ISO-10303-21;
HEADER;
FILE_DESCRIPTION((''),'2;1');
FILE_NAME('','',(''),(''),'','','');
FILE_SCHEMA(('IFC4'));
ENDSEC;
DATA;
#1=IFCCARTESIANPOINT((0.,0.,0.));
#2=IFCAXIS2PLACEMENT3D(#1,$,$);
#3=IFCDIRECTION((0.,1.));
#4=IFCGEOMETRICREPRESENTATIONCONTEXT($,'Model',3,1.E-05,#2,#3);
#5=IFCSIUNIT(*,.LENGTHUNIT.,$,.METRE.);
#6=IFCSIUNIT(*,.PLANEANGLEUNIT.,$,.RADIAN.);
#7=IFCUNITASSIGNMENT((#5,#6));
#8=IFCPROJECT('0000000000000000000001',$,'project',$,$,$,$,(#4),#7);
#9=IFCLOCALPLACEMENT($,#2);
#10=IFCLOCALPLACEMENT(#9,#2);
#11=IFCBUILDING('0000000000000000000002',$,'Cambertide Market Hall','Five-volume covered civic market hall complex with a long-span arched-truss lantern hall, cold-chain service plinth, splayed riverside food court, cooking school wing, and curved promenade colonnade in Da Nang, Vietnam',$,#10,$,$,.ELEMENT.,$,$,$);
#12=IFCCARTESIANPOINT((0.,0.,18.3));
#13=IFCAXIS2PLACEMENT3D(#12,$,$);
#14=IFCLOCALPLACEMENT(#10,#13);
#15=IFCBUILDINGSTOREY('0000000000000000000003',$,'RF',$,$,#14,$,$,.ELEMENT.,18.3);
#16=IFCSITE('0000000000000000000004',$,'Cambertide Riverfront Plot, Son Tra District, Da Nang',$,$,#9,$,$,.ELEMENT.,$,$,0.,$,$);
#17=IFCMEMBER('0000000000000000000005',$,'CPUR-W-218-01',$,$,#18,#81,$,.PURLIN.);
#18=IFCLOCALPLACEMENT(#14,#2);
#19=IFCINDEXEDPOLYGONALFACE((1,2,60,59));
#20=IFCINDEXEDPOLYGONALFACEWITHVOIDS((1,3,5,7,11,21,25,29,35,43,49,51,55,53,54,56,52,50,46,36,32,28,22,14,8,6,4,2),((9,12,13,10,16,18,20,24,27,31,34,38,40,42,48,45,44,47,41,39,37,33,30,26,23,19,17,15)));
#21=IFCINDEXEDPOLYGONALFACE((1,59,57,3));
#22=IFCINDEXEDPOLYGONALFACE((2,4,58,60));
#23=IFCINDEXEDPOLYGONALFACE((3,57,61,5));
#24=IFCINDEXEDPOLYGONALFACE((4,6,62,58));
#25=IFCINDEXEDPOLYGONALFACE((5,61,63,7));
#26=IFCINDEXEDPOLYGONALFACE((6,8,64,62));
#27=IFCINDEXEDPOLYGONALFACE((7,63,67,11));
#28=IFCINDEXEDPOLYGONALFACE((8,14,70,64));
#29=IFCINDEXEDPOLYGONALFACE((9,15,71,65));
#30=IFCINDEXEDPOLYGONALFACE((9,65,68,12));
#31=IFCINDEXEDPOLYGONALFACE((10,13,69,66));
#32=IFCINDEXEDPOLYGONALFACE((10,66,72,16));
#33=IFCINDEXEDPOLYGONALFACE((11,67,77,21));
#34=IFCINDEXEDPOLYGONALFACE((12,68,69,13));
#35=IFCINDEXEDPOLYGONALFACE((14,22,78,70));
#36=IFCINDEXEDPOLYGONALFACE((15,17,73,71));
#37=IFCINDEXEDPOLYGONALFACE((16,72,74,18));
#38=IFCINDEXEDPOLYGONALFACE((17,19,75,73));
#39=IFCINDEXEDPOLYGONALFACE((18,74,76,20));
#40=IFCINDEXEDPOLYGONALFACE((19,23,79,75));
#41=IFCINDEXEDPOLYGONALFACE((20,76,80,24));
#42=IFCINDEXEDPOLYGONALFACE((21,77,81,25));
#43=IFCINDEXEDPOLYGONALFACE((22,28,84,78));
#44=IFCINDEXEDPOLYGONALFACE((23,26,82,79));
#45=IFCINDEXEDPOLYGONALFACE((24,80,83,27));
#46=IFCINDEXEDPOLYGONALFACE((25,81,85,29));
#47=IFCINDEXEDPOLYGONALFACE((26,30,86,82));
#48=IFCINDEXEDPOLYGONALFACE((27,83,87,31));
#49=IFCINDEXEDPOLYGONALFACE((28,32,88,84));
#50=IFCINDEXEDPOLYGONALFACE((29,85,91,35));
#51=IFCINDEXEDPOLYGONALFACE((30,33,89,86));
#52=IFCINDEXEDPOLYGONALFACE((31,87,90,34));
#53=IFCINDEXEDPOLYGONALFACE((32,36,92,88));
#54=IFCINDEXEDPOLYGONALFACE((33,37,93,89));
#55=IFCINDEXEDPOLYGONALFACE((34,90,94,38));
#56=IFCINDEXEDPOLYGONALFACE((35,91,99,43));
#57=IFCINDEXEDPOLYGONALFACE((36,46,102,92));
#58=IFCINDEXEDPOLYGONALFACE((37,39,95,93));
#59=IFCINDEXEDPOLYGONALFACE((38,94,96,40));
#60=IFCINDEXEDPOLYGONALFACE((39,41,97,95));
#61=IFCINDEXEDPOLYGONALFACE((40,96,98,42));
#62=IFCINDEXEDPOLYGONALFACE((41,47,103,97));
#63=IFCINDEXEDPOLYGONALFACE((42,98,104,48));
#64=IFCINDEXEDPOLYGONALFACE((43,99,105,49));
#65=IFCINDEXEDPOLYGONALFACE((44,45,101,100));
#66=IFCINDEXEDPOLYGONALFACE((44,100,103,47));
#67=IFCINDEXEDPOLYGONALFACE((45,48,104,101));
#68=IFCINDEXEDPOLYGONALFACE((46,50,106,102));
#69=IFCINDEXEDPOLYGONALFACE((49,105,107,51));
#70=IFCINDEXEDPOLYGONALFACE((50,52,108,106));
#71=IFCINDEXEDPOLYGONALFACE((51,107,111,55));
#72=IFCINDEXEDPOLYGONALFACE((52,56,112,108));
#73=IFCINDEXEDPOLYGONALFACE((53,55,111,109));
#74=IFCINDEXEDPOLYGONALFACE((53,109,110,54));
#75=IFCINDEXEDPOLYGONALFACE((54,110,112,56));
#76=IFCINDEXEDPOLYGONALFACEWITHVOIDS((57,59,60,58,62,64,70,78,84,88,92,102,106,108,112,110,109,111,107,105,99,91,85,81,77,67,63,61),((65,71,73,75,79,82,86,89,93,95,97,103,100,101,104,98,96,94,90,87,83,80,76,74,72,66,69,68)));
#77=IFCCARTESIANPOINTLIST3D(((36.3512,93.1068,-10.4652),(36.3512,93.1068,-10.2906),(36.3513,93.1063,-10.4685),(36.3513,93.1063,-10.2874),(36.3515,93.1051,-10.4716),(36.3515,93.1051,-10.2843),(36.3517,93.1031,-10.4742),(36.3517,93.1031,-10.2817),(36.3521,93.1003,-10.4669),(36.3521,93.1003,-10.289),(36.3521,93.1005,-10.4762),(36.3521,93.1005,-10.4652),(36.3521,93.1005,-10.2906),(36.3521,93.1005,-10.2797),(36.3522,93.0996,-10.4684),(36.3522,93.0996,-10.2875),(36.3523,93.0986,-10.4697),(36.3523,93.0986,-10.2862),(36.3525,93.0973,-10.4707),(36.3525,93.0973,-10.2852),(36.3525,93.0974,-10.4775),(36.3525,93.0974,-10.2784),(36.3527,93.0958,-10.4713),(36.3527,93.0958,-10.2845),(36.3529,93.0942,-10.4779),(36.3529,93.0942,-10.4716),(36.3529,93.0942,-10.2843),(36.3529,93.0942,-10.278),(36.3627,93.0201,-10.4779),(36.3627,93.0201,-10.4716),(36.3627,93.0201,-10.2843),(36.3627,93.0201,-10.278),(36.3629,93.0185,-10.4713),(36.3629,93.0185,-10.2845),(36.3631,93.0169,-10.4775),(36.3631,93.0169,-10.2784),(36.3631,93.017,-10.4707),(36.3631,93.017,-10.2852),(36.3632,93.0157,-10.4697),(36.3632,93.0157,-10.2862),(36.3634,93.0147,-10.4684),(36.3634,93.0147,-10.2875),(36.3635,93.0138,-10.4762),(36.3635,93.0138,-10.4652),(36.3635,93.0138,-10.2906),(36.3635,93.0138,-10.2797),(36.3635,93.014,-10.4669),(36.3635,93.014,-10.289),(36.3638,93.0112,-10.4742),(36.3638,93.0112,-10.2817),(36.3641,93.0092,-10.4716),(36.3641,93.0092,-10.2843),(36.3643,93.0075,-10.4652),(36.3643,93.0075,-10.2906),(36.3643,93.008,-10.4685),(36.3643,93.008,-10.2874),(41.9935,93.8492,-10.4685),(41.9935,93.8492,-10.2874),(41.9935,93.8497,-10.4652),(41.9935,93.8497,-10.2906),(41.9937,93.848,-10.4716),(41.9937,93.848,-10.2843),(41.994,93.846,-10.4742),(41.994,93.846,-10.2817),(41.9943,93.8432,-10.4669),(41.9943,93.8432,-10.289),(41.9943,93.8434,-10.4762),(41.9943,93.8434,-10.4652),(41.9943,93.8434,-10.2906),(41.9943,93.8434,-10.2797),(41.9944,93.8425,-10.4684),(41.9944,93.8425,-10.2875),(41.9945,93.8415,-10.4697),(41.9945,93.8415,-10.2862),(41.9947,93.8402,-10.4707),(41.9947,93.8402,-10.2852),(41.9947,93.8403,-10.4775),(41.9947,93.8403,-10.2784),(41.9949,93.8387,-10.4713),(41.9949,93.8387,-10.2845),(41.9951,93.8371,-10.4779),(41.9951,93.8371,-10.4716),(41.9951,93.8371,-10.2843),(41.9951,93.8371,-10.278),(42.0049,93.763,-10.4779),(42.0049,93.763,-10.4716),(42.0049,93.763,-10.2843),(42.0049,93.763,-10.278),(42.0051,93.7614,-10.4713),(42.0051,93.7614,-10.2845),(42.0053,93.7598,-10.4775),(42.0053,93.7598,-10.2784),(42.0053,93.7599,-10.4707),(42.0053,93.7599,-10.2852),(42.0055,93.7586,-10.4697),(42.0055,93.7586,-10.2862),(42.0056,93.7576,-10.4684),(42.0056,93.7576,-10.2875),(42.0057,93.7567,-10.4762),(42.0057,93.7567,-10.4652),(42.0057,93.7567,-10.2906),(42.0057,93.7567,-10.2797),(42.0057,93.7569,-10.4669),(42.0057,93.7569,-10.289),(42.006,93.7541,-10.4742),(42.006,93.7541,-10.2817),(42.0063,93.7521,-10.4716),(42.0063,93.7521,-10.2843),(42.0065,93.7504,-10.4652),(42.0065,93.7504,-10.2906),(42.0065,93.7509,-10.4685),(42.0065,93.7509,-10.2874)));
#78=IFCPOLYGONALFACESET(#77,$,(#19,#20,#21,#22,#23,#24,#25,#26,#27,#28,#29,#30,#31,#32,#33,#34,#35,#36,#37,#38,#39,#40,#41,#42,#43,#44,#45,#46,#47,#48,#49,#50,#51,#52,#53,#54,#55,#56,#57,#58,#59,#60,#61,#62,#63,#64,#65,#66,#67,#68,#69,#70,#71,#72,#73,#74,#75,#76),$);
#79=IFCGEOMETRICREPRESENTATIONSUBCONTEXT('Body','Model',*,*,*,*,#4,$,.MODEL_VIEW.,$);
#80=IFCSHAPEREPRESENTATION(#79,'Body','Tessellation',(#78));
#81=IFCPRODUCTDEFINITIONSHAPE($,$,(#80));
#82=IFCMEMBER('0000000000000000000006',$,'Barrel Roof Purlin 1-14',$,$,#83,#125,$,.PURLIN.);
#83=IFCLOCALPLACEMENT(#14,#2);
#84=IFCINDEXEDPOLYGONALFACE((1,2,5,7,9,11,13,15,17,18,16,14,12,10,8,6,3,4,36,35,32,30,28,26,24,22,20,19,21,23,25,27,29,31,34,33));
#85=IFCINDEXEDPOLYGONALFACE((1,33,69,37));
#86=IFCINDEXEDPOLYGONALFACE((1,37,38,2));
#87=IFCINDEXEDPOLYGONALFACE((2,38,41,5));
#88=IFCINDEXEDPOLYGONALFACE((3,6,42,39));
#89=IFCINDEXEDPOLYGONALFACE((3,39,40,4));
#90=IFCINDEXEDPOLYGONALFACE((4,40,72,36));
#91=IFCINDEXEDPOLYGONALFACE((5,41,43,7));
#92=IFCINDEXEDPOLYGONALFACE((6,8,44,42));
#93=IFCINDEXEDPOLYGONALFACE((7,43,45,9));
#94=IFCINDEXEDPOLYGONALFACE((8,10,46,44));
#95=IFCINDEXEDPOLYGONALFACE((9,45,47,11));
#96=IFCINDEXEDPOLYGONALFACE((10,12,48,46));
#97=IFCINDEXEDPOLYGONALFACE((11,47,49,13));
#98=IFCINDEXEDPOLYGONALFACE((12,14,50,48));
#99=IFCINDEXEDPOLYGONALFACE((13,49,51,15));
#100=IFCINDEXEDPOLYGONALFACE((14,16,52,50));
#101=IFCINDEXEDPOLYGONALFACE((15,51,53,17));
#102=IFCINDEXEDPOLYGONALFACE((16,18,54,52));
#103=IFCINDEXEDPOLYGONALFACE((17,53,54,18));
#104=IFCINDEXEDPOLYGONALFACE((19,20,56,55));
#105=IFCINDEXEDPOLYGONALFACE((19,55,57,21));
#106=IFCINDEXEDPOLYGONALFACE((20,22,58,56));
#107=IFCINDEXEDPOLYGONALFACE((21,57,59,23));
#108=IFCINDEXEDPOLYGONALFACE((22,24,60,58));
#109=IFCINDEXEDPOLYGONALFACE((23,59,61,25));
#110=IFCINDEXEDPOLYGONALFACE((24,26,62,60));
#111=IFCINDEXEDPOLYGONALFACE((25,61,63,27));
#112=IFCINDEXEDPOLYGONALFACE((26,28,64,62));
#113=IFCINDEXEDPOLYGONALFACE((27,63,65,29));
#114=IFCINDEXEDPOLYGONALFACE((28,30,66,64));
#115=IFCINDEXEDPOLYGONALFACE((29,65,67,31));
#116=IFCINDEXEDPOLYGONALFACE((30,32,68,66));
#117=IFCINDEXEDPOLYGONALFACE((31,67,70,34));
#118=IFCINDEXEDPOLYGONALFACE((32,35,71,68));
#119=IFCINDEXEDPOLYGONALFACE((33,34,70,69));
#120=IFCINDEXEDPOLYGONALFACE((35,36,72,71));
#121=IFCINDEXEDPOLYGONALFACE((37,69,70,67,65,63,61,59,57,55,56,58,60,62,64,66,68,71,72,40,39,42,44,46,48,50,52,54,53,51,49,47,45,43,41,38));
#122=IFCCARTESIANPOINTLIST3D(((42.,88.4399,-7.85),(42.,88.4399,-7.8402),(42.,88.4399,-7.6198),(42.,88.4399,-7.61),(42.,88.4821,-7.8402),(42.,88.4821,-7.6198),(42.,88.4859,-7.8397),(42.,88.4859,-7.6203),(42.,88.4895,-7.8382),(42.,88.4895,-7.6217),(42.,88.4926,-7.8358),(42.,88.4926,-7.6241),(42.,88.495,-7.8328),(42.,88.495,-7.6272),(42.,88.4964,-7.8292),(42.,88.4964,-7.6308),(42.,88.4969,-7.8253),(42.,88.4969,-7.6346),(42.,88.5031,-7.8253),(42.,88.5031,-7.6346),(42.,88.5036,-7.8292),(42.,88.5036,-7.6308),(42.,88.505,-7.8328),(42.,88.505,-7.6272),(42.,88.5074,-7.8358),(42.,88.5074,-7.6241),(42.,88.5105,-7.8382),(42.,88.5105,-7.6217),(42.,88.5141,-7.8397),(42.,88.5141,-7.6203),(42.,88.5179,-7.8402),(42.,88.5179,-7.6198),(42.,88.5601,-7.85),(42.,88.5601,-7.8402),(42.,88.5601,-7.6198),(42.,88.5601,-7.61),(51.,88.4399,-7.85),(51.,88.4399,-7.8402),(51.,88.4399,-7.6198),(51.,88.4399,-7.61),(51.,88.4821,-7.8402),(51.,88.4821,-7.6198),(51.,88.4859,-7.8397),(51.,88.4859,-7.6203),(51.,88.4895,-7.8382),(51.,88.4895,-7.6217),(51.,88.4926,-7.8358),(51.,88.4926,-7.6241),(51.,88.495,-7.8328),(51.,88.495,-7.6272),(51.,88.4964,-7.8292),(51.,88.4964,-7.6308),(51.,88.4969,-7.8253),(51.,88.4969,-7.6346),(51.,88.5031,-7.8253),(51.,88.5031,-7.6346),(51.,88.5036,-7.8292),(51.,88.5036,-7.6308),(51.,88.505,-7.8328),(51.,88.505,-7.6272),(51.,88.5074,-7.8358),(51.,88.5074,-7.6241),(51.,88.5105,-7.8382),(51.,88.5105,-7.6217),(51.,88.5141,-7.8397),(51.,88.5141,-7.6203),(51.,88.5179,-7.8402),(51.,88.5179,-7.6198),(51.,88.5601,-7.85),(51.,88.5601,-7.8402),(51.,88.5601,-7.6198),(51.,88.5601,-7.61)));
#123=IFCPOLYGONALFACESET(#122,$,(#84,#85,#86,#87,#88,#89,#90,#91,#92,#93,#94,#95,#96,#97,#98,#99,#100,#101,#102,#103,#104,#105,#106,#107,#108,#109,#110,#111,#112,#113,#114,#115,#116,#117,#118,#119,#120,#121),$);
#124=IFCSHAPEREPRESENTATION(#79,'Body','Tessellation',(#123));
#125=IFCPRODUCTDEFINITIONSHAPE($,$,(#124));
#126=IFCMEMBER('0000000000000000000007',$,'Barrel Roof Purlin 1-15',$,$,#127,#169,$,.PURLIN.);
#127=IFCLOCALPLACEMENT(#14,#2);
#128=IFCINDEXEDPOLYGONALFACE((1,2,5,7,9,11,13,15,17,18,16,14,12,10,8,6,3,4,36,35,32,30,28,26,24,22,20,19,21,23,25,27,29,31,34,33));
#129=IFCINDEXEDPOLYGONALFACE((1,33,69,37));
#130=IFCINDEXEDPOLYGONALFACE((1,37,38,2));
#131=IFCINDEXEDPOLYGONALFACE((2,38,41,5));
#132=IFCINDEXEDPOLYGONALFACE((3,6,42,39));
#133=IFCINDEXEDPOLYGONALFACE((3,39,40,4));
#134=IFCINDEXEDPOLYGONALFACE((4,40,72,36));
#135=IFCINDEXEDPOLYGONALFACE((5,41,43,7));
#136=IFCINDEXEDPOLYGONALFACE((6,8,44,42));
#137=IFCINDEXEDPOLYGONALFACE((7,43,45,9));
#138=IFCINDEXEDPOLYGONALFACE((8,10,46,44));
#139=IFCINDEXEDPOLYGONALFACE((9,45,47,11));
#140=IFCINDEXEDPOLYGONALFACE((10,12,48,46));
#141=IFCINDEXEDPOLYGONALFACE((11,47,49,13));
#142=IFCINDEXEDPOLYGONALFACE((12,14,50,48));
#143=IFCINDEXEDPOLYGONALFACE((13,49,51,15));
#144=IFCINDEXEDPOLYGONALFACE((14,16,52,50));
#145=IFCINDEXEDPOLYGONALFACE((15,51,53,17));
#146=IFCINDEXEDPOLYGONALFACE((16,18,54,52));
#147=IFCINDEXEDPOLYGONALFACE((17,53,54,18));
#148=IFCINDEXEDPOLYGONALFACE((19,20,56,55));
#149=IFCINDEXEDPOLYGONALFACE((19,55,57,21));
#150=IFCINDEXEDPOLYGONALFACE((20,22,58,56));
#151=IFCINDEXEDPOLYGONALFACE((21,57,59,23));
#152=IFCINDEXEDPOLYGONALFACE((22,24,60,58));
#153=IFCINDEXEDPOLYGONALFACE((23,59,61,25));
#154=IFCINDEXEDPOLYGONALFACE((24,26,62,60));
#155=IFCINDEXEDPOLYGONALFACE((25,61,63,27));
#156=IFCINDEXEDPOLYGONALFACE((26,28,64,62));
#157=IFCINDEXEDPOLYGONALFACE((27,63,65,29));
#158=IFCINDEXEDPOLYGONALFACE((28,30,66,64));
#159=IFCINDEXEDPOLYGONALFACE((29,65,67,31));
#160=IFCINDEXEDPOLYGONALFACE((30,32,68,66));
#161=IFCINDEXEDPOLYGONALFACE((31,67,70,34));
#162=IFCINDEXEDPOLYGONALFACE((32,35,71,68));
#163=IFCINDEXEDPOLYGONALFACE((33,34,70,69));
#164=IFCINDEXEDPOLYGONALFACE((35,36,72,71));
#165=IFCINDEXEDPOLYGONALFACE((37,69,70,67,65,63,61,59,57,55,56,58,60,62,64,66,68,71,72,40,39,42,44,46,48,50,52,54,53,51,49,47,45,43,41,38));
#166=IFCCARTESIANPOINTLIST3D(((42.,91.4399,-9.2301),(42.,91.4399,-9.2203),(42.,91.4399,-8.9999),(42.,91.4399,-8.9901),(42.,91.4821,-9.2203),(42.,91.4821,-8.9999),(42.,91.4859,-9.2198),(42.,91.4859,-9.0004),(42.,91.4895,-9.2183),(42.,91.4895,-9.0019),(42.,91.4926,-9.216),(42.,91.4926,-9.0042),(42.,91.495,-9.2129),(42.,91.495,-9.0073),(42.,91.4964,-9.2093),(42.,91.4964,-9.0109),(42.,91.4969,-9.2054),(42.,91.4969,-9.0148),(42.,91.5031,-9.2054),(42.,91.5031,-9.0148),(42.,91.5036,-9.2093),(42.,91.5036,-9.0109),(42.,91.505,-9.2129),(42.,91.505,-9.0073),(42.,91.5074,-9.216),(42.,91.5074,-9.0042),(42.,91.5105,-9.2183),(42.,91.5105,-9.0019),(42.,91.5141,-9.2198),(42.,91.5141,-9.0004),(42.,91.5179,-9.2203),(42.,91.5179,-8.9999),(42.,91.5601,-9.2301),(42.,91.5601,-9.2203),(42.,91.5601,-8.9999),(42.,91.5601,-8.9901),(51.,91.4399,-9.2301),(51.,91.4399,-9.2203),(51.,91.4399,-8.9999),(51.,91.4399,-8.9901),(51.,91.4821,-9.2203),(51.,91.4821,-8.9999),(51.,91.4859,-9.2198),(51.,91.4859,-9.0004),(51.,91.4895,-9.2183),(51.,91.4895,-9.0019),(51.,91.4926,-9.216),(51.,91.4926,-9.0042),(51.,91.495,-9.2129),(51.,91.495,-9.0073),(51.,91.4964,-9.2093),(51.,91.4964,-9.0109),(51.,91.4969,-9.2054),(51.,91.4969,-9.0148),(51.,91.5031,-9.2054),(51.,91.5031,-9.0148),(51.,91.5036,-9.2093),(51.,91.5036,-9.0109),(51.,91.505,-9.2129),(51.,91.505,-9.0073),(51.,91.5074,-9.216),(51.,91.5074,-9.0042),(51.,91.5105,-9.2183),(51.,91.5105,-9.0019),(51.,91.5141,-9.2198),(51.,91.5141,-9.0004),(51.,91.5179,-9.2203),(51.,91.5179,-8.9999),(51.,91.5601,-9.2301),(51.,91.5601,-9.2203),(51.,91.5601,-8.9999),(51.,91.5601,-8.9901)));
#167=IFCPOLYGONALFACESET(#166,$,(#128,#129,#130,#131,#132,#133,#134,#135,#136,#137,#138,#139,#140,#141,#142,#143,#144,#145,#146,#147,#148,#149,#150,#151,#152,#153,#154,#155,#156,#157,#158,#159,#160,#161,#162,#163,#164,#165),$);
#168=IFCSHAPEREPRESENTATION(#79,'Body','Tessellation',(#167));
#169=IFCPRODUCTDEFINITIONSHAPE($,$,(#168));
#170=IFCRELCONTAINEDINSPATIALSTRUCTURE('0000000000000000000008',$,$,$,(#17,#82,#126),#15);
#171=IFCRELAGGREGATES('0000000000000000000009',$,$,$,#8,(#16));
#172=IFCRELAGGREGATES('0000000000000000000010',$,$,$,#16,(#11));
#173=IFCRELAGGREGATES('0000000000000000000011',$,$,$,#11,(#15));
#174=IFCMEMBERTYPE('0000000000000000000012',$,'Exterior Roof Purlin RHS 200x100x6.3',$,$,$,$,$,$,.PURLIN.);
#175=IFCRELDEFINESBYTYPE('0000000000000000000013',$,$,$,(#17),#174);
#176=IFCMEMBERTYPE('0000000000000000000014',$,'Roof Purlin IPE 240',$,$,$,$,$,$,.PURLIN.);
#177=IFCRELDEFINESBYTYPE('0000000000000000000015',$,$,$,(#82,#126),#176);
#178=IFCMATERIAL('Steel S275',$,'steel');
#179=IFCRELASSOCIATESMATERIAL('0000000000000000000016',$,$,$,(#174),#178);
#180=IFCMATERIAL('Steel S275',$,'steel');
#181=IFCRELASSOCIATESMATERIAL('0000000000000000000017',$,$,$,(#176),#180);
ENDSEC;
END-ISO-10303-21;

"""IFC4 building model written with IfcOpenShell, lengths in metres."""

from ifc_helpers import new_model, si_unit, direction, frame, origin, origin_2d, place, context, subcontext, project, spatial, hollow_rectangle, i_section, extrude, material, material_profile, profile_set, type_object, element, save


model = new_model("IFC4")

# Units and contexts
model_context = context("Model", 3, precision=1e-05, world=origin(), true_north=direction((0.0, 1.0)))
body_context = subcontext(model_context, "Body", "Model", "MODEL_VIEW")
ifc_project = project(units=[si_unit("LENGTHUNIT", "METRE"), si_unit("PLANEANGLEUNIT", "RADIAN")], contexts=[model_context])

# Site, building, storey
site_placement = place(None, origin())
site = spatial("IfcSite", under=ifc_project, at=site_placement, Name="Cambertide Riverfront Plot, Son Tra District, Da Nang", CompositionType="ELEMENT", RefElevation=0.0)
building_placement = place(site_placement, origin())
building = spatial("IfcBuilding", under=site, at=building_placement, Name="Cambertide Market Hall", Description="Five-volume covered civic market hall complex with a long-span arched-truss lantern hall, cold-chain service plinth, splayed riverside food court, cooking school wing, and curved promenade colonnade in Da Nang, Vietnam", CompositionType="ELEMENT")
storey_placement = place(building_placement, frame((0.0, 0.0, 18.3)))
storey = spatial("IfcBuildingStorey", under=building, at=storey_placement, Name="RF", CompositionType="ELEMENT", Elevation=18.3)

# Members
ifc_material_1 = material(Name="Steel S275", Category="steel")
ifc_material_profile_1 = material_profile(ifc_material_1, hollow_rectangle(XDim=0.1001, YDim=0.2, WallThickness=0.0063, InnerFilletRadius=0.0063, OuterFilletRadius=0.0127, at=origin_2d()), Name="RHS 200x100x6.3")
ifc_profile_set_1 = profile_set([ifc_material_profile_1], Name="Steel S275")
member_type_1 = type_object("IfcMemberType", Name="Exterior Roof Purlin RHS 200x100x6.3", PredefinedType="PURLIN", material=ifc_profile_set_1)
member_1_placement = place(storey_placement, frame((42.0, 93.8, -10.3779), z_axis=(-0.991443, -0.130542, 0.0), x_axis=(0.130542, -0.991443, 0.0)))
element("IfcMember", 1, at=member_1_placement, inside=storey, type_object=member_type_1, Name="CPUR-W-218-01", PredefinedType="PURLIN", context=body_context, shape_type="SweptSolid", body=[
    extrude(hollow_rectangle(XDim=0.1001, YDim=0.2, WallThickness=0.0063, InnerFilletRadius=0.0063, OuterFilletRadius=0.0127, at=origin_2d()), origin(), (0.0, 0.0, 1.0), 5.6909),
])
ifc_material_2 = material(Name="Steel S275", Category="steel")
ifc_material_profile_2 = material_profile(ifc_material_2, i_section(OverallWidth=0.1201, OverallDepth=0.24, WebThickness=0.0061, FlangeThickness=0.0098, FilletRadius=0.0149, at=origin_2d()), Name="IPE 240")
ifc_profile_set_2 = profile_set([ifc_material_profile_2], Name="Steel S275")
member_type_2 = type_object("IfcMemberType", Name="Roof Purlin IPE 240", PredefinedType="PURLIN", material=ifc_profile_set_2)
for number, where, z_axis, x_axis, name in (
    (2, (42.0, 88.5, -7.73), (1.0, 0.0, 0.0), (0.0, 1.0, 0.0), "Barrel Roof Purlin 1-14"),
    (3, (42.0, 91.5, -9.1101), (1.0, 0.0, 0.0), (0.0, 1.0, 0.0), "Barrel Roof Purlin 1-15"),
):
    element("IfcMember", number, at=place(storey_placement, frame(where, z_axis=z_axis, x_axis=x_axis)), inside=storey, type_object=member_type_2, Name=name, PredefinedType="PURLIN", context=body_context, shape_type="SweptSolid", body=[
        extrude(i_section(OverallWidth=0.1201, OverallDepth=0.24, WebThickness=0.0061, FlangeThickness=0.0098, FilletRadius=0.0149, at=origin_2d()), origin(), (0.0, 0.0, 1.0), 9.0),
    ])

save(model, "model.ifc")
